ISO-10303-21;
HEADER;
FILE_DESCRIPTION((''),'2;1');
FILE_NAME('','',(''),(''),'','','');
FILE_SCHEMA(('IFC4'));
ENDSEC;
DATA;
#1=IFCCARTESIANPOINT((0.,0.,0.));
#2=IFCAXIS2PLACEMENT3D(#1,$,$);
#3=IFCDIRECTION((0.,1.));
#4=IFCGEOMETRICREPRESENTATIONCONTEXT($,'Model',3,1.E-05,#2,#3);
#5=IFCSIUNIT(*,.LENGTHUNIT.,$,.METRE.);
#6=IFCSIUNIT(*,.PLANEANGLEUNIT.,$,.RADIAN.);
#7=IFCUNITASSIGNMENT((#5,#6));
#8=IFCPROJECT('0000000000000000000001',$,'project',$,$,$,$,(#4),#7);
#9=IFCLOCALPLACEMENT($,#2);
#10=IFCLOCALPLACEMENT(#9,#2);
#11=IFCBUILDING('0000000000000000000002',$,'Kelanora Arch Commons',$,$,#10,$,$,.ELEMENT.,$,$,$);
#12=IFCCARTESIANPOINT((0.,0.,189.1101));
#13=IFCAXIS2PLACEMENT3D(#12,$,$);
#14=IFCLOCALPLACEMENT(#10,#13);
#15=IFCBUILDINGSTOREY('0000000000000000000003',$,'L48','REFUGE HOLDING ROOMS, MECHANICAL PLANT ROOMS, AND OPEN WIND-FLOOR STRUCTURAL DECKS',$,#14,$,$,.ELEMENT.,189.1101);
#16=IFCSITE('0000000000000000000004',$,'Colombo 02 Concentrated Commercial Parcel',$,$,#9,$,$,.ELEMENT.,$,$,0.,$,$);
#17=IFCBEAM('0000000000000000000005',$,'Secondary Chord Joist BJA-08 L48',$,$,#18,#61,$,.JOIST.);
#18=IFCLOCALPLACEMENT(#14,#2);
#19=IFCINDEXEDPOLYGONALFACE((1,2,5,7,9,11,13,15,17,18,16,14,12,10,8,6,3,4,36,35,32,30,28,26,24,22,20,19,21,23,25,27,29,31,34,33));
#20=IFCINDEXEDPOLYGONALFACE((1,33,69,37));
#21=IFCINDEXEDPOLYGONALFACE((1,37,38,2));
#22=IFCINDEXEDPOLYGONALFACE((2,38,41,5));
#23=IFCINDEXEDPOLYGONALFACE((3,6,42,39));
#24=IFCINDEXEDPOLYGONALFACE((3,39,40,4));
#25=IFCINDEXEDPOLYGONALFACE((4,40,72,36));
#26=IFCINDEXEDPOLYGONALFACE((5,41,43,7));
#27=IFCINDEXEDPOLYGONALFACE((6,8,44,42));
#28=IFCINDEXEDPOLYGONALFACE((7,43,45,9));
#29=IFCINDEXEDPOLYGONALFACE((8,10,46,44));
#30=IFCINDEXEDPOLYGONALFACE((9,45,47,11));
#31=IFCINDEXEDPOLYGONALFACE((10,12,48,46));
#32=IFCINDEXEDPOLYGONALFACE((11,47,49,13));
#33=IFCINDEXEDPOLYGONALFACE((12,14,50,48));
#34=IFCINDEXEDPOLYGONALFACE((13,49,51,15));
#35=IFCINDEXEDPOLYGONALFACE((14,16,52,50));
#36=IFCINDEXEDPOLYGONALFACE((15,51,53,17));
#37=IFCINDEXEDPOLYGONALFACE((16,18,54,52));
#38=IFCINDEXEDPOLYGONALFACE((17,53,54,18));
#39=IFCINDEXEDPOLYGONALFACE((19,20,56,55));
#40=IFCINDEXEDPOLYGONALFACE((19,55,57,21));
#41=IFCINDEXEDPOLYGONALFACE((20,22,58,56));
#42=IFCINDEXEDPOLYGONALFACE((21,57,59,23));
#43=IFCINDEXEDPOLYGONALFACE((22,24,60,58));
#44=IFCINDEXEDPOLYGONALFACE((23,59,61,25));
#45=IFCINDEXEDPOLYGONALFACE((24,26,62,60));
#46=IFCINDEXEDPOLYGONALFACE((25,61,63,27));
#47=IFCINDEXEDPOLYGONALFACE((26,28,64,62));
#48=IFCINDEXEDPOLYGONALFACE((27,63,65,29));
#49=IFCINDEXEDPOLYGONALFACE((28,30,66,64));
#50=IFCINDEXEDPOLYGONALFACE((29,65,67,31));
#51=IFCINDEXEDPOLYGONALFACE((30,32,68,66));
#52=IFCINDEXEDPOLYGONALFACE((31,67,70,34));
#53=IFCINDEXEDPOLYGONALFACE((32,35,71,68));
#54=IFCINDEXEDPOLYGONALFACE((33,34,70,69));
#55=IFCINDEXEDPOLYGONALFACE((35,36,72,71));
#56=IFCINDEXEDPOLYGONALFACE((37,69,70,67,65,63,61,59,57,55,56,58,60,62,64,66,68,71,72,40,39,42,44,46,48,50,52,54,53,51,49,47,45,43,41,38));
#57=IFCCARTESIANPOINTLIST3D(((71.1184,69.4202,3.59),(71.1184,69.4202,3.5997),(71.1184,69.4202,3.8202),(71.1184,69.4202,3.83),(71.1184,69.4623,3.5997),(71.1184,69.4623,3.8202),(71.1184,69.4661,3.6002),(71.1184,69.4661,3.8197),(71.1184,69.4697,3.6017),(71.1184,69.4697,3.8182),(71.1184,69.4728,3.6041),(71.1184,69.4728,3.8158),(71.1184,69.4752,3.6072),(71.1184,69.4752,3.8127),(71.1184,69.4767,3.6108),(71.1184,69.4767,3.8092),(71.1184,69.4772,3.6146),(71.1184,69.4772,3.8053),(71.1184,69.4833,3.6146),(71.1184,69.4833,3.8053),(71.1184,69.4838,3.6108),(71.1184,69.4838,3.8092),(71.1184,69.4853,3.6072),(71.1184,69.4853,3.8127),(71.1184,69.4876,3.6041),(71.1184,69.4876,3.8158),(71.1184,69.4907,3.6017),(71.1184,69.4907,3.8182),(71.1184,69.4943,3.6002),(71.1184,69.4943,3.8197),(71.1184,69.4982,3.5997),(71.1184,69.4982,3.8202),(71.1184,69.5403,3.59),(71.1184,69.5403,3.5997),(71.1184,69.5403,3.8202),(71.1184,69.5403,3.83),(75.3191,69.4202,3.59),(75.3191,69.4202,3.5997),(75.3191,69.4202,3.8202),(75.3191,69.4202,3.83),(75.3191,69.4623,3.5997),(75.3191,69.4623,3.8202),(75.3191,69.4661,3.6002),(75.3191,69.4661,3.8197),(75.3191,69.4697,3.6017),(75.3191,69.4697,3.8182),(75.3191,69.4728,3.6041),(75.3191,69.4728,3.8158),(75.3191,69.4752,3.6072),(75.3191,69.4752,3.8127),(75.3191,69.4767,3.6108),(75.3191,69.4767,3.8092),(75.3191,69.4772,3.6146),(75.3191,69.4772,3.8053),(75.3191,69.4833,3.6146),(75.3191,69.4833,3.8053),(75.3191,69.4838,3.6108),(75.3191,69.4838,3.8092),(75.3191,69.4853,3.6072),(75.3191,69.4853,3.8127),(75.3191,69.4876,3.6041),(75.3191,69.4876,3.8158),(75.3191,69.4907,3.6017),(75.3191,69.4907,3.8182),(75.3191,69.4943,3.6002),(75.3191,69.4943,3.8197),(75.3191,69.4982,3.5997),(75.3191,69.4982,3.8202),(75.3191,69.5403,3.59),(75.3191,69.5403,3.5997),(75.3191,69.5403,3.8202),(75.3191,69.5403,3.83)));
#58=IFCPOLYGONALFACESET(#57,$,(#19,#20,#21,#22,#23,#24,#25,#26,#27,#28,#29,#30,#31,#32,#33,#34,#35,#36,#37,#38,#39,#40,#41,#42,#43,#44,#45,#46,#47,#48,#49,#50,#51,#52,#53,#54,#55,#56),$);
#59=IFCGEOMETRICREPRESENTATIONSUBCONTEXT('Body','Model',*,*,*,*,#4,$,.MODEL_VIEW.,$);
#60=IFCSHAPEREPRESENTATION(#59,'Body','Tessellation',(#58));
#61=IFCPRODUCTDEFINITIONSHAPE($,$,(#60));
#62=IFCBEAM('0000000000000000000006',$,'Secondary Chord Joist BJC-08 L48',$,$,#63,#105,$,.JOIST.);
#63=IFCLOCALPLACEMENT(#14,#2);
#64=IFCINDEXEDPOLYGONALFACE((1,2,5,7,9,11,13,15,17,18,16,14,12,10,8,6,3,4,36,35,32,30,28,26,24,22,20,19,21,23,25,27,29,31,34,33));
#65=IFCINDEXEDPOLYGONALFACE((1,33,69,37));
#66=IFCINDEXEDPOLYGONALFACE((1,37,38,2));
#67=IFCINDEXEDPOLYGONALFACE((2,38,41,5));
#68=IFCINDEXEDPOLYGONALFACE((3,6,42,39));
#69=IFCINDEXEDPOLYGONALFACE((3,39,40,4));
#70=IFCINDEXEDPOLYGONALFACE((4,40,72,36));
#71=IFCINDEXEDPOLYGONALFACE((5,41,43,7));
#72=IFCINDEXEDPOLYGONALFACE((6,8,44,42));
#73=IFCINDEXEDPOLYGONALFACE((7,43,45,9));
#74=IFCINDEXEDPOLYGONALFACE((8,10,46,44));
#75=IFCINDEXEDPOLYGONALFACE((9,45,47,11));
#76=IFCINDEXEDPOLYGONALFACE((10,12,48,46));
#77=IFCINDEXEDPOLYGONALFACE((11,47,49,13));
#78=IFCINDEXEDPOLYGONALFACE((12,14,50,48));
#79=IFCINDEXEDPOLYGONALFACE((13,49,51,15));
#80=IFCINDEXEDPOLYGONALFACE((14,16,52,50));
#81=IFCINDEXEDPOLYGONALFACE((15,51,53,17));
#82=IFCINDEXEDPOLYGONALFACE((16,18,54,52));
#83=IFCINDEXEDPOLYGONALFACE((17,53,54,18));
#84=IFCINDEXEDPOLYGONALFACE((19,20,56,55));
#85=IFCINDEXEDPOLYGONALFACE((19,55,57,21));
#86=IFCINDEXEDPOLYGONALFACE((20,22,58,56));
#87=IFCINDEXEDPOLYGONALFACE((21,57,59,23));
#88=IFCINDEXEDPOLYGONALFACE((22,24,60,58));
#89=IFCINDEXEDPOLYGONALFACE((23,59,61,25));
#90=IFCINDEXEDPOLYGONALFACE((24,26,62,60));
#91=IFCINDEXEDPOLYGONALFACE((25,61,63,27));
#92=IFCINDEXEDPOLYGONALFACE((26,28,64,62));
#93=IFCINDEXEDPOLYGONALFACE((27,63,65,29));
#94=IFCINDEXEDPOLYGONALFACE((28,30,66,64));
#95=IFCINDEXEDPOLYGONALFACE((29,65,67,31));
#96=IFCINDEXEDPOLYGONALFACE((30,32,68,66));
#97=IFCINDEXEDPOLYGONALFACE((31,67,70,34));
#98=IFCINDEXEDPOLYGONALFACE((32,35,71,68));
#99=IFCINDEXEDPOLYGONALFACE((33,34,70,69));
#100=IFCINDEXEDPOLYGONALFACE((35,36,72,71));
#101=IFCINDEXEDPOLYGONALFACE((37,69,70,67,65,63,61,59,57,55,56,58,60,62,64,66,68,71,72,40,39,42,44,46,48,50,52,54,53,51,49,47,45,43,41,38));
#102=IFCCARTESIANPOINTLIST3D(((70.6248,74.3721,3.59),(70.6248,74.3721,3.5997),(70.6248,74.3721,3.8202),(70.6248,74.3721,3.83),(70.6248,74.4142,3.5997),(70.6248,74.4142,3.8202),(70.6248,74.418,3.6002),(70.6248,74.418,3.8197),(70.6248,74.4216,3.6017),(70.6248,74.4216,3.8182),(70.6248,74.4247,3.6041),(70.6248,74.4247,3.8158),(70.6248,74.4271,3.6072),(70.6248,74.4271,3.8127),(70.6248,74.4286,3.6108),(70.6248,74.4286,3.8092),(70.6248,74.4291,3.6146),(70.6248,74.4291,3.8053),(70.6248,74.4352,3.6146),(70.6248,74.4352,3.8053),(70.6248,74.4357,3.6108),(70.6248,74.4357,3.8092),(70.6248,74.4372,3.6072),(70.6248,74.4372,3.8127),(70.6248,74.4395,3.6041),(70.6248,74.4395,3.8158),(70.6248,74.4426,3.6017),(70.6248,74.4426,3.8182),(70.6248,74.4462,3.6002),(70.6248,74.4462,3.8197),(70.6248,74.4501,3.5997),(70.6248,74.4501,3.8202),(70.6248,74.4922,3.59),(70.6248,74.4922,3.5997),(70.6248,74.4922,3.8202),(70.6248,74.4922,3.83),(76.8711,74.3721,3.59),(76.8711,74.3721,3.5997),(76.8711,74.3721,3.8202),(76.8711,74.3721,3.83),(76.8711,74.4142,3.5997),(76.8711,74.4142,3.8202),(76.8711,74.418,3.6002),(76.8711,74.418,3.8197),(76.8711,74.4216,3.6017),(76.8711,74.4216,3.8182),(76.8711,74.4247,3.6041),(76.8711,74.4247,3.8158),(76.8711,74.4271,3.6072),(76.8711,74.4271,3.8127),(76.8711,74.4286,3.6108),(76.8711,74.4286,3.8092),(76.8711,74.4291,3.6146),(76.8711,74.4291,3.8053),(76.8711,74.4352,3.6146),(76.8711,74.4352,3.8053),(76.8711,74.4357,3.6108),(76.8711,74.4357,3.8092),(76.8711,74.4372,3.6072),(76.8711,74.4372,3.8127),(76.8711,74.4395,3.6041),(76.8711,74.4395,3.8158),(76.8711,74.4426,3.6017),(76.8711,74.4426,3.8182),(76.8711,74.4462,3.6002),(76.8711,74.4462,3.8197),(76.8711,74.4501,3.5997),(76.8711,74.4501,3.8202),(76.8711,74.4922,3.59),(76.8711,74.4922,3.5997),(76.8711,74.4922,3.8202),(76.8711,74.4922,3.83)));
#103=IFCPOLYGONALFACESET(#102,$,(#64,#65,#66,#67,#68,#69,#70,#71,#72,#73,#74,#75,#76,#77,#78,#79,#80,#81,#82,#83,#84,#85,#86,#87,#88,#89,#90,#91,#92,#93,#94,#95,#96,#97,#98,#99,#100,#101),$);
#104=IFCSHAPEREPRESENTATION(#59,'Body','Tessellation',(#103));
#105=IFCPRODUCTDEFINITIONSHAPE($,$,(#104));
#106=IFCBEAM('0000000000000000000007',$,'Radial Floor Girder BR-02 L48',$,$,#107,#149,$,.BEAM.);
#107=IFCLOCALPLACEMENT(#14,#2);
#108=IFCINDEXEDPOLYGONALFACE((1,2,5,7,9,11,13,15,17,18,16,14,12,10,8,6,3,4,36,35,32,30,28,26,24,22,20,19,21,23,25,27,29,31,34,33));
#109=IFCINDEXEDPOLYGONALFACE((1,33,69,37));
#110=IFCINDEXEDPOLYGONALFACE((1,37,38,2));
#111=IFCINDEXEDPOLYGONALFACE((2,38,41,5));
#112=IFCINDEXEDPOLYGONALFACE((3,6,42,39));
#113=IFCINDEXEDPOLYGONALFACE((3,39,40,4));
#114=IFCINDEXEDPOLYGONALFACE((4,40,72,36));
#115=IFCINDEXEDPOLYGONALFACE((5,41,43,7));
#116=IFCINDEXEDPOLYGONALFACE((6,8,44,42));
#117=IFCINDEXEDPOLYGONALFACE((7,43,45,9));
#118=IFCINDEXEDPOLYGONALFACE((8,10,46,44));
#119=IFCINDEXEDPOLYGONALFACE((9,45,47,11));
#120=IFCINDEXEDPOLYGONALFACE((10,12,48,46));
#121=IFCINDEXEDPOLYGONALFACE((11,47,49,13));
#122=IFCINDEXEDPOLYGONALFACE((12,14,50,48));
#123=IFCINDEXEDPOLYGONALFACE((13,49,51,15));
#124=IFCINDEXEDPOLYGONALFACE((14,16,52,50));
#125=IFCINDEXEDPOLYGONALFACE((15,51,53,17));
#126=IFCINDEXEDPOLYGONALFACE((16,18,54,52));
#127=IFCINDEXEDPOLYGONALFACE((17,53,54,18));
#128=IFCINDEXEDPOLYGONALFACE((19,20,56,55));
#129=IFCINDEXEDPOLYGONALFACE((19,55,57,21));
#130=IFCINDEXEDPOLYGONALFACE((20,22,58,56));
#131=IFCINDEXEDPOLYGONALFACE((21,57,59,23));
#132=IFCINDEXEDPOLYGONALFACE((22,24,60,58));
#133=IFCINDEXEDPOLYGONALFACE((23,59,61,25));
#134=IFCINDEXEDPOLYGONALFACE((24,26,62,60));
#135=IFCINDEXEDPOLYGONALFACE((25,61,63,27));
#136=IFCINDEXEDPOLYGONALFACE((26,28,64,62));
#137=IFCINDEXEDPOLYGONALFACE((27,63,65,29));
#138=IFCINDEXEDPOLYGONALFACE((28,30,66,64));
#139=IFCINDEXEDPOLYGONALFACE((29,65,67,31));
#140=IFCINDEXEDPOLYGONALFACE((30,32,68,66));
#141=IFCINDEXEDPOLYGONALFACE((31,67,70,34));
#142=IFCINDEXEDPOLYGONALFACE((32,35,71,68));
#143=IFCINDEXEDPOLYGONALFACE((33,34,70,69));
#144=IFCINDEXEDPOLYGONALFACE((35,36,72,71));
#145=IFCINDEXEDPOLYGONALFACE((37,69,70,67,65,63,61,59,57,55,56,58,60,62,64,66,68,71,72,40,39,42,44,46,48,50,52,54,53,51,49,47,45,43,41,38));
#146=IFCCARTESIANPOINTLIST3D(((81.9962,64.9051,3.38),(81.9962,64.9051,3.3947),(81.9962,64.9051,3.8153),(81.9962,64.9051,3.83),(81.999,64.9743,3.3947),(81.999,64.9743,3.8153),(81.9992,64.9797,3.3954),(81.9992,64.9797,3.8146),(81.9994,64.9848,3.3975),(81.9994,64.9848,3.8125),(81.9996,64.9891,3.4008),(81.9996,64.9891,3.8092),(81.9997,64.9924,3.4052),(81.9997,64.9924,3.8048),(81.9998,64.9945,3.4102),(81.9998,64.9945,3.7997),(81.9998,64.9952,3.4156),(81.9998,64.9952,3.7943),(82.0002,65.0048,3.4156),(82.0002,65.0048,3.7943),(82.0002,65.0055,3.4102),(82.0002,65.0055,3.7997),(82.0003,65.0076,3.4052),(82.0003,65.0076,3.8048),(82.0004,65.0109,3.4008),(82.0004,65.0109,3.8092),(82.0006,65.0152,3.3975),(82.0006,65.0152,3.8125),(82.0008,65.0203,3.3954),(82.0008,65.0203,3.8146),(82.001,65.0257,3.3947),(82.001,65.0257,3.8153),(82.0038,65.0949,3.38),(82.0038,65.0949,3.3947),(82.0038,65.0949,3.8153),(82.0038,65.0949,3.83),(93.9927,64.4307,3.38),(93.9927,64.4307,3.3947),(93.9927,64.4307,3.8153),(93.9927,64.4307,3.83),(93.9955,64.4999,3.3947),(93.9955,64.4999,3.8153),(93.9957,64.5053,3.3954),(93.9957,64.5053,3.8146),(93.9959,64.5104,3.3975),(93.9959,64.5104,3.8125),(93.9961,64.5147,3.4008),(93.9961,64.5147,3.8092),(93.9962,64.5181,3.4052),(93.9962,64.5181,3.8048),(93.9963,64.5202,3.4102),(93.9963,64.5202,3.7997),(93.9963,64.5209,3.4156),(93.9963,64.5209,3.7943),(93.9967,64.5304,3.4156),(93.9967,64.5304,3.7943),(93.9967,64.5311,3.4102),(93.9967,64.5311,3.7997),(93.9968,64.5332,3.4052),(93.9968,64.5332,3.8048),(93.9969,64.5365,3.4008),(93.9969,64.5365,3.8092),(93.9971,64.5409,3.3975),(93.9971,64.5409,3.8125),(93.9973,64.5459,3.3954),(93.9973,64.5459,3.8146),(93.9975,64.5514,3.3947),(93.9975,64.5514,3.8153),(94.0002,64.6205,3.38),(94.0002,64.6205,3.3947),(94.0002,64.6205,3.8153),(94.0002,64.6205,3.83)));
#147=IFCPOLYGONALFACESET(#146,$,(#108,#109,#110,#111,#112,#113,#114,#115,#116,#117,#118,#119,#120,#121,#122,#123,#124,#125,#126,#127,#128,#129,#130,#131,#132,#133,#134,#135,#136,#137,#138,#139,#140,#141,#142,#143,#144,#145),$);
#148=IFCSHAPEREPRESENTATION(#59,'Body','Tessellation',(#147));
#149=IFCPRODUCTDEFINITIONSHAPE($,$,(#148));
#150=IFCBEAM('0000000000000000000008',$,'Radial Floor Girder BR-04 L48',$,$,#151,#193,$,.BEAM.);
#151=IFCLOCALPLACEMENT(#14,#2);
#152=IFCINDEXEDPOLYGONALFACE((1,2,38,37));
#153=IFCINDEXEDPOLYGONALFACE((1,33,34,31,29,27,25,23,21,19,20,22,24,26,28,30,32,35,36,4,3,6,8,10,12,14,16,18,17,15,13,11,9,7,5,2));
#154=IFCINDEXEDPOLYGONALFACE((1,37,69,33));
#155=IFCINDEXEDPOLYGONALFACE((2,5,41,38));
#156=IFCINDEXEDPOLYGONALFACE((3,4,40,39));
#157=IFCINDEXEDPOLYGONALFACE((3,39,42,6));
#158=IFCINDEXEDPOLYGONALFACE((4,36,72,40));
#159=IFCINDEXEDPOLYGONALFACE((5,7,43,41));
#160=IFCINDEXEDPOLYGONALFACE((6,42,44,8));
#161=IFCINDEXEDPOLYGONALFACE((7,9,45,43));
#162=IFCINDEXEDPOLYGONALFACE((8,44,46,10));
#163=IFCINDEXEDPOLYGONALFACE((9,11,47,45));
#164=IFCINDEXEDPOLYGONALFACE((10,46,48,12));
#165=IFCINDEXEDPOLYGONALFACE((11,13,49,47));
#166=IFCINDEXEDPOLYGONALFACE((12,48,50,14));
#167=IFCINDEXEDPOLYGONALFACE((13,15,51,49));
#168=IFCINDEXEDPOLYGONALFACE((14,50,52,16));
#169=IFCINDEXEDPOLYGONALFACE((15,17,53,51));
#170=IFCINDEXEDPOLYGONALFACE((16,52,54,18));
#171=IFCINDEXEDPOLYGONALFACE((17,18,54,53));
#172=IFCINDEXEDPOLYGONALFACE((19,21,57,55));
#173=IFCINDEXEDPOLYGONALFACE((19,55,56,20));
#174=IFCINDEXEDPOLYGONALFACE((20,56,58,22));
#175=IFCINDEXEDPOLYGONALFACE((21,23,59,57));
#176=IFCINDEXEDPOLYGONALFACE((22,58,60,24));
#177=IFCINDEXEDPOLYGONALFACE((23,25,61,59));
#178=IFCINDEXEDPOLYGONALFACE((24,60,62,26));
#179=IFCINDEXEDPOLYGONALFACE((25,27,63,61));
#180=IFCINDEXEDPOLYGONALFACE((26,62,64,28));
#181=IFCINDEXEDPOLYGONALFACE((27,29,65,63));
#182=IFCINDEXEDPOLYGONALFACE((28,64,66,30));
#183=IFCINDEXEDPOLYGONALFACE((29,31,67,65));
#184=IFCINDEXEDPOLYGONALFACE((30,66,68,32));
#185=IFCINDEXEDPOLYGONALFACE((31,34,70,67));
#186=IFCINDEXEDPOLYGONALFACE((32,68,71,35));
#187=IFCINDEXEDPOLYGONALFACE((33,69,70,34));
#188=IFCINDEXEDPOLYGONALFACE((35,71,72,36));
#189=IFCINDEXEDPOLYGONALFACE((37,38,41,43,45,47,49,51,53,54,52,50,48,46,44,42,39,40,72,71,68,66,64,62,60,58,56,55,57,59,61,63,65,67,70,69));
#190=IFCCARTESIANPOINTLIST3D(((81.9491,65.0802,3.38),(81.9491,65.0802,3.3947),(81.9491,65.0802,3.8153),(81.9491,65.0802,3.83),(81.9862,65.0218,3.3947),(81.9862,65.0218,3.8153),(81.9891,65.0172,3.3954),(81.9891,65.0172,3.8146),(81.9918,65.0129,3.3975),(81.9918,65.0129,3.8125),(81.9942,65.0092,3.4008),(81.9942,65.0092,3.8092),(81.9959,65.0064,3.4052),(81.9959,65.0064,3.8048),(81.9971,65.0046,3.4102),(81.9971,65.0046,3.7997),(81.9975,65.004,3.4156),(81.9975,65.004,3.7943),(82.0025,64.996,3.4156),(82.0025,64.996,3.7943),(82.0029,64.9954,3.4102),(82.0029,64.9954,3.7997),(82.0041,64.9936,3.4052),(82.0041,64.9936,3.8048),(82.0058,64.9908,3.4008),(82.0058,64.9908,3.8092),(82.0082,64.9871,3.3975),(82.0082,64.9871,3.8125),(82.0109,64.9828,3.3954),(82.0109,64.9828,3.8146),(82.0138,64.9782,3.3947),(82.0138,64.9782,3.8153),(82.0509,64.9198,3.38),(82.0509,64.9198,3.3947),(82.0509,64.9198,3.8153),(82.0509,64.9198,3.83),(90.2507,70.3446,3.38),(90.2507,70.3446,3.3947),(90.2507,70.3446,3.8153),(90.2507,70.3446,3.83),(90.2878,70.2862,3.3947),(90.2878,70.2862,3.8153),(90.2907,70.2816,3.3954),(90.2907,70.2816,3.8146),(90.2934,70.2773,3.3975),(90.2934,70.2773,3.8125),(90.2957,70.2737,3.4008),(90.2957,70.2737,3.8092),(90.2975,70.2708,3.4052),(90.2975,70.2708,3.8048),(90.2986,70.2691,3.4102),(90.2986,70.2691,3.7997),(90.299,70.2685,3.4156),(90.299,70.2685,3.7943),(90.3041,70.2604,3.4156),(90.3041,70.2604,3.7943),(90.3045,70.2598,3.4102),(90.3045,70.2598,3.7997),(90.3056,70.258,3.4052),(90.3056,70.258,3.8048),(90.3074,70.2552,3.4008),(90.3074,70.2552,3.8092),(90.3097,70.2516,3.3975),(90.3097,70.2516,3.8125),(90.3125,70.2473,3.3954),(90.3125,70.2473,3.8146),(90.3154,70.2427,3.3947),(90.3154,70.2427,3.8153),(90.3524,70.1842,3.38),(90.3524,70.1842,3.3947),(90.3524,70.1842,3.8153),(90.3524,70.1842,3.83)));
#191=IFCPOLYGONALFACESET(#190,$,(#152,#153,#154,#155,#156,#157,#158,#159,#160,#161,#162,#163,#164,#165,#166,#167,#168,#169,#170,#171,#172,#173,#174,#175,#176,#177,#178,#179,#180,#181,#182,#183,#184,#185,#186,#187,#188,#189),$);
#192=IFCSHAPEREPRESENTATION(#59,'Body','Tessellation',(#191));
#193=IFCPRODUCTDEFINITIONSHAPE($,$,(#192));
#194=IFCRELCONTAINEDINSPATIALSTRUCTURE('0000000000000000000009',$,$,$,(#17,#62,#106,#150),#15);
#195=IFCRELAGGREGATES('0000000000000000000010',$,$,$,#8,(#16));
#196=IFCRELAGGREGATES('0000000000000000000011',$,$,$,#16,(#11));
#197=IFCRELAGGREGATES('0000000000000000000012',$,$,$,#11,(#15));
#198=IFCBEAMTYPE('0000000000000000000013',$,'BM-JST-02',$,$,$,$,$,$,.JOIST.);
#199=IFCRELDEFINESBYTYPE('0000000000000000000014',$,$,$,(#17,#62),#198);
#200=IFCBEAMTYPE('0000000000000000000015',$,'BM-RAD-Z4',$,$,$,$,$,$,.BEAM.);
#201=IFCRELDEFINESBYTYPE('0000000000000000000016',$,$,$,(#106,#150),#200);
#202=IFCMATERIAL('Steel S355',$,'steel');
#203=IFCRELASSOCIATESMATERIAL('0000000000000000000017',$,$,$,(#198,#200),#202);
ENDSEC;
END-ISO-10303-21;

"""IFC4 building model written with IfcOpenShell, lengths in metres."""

from ifc_helpers import new_model, si_unit, direction, frame, origin, origin_2d, place, context, subcontext, project, spatial, i_section, extrude, material, material_profile, profile_set, type_object, element, save


model = new_model("IFC4")

# Units and contexts
model_context = context("Model", 3, precision=1e-05, world=origin(), true_north=direction((0.0, 1.0)))
body_context = subcontext(model_context, "Body", "Model", "MODEL_VIEW")
ifc_project = project(units=[si_unit("LENGTHUNIT", "METRE"), si_unit("PLANEANGLEUNIT", "RADIAN")], contexts=[model_context])

# Site, building, storey
site_placement = place(None, origin())
site = spatial("IfcSite", under=ifc_project, at=site_placement, Name="Colombo 02 Concentrated Commercial Parcel", CompositionType="ELEMENT", RefElevation=0.0)
building_placement = place(site_placement, origin())
building = spatial("IfcBuilding", under=site, at=building_placement, Name="Kelanora Arch Commons", CompositionType="ELEMENT")
storey_placement = place(building_placement, frame((0.0, 0.0, 189.1101)))
storey = spatial("IfcBuildingStorey", under=building, at=storey_placement, Name="L48", Description="REFUGE HOLDING ROOMS, MECHANICAL PLANT ROOMS, AND OPEN WIND-FLOOR STRUCTURAL DECKS", CompositionType="ELEMENT", Elevation=189.1101)

# Beams
ifc_material_1 = material(Name="Steel S355", Category="steel")
ifc_material_profile_1 = material_profile(ifc_material_1, i_section(OverallWidth=0.1201, OverallDepth=0.24, WebThickness=0.0061, FlangeThickness=0.0098, FilletRadius=0.0149, at=origin_2d()), Name="IPE240")
ifc_profile_set_1 = profile_set([ifc_material_profile_1], Name="Steel S355")
beam_type_1 = type_object("IfcBeamType", Name="BM-JST-02", PredefinedType="JOIST", material=ifc_profile_set_1)
beam_1_placement = place(storey_placement, frame((75.3191, 69.4802, 3.71), z_axis=(-1.0, 0.0, 0.0), x_axis=(0.0, -1.0, 0.0)))
element("IfcBeam", 1, at=beam_1_placement, inside=storey, type_object=beam_type_1, Name="Secondary Chord Joist BJA-08 L48", PredefinedType="JOIST", context=body_context, shape_type="SweptSolid", body=[
    extrude(i_section(OverallWidth=0.1201, OverallDepth=0.24, WebThickness=0.0061, FlangeThickness=0.0098, FilletRadius=0.0149, at=origin_2d()), origin(), (0.0, 0.0, 1.0), 4.2007),
])
beam_2_placement = place(storey_placement, frame((76.8711, 74.4321, 3.71), z_axis=(-1.0, 0.0, 0.0), x_axis=(0.0, -1.0, 0.0)))
element("IfcBeam", 2, at=beam_2_placement, inside=storey, type_object=beam_type_1, Name="Secondary Chord Joist BJC-08 L48", PredefinedType="JOIST", context=body_context, shape_type="SweptSolid", body=[
    extrude(i_section(OverallWidth=0.1201, OverallDepth=0.24, WebThickness=0.0061, FlangeThickness=0.0098, FilletRadius=0.0149, at=origin_2d()), origin(), (0.0, 0.0, 1.0), 6.2463),
])
ifc_material_profile_2 = material_profile(ifc_material_1, i_section(OverallWidth=0.1899, OverallDepth=0.45, WebThickness=0.0095, FlangeThickness=0.0146, FilletRadius=0.021, at=origin_2d()), Name="IPE450")
ifc_profile_set_2 = profile_set([ifc_material_profile_2], Name="Steel S355")
beam_type_2 = type_object("IfcBeamType", Name="BM-RAD-Z4", PredefinedType="BEAM", material=ifc_profile_set_2)
beam_3_placement = place(storey_placement, frame((82.0, 65.0, 3.605), z_axis=(0.999219, -0.039511, 0.0), x_axis=(0.039511, 0.999219, 0.0)))
element("IfcBeam", 3, at=beam_3_placement, inside=storey, type_object=beam_type_2, Name="Radial Floor Girder BR-02 L48", PredefinedType="BEAM", context=body_context, shape_type="SweptSolid", body=[
    extrude(i_section(OverallWidth=0.1899, OverallDepth=0.45, WebThickness=0.0095, FlangeThickness=0.0146, FilletRadius=0.021, at=origin_2d()), origin(), (0.0, 0.0, 1.0), 12.0059),
])
beam_4_placement = place(storey_placement, frame((82.0, 65.0, 3.605), z_axis=(0.844507, 0.535544, 0.0), x_axis=(-0.535544, 0.844507, 0.0)))
element("IfcBeam", 4, at=beam_4_placement, inside=storey, type_object=beam_type_2, Name="Radial Floor Girder BR-04 L48", PredefinedType="BEAM", context=body_context, shape_type="SweptSolid", body=[
    extrude(i_section(OverallWidth=0.1899, OverallDepth=0.45, WebThickness=0.0095, FlangeThickness=0.0146, FilletRadius=0.021, at=origin_2d()), origin(), (0.0, 0.0, 1.0), 9.8301),
])

save(model, "model.ifc")
